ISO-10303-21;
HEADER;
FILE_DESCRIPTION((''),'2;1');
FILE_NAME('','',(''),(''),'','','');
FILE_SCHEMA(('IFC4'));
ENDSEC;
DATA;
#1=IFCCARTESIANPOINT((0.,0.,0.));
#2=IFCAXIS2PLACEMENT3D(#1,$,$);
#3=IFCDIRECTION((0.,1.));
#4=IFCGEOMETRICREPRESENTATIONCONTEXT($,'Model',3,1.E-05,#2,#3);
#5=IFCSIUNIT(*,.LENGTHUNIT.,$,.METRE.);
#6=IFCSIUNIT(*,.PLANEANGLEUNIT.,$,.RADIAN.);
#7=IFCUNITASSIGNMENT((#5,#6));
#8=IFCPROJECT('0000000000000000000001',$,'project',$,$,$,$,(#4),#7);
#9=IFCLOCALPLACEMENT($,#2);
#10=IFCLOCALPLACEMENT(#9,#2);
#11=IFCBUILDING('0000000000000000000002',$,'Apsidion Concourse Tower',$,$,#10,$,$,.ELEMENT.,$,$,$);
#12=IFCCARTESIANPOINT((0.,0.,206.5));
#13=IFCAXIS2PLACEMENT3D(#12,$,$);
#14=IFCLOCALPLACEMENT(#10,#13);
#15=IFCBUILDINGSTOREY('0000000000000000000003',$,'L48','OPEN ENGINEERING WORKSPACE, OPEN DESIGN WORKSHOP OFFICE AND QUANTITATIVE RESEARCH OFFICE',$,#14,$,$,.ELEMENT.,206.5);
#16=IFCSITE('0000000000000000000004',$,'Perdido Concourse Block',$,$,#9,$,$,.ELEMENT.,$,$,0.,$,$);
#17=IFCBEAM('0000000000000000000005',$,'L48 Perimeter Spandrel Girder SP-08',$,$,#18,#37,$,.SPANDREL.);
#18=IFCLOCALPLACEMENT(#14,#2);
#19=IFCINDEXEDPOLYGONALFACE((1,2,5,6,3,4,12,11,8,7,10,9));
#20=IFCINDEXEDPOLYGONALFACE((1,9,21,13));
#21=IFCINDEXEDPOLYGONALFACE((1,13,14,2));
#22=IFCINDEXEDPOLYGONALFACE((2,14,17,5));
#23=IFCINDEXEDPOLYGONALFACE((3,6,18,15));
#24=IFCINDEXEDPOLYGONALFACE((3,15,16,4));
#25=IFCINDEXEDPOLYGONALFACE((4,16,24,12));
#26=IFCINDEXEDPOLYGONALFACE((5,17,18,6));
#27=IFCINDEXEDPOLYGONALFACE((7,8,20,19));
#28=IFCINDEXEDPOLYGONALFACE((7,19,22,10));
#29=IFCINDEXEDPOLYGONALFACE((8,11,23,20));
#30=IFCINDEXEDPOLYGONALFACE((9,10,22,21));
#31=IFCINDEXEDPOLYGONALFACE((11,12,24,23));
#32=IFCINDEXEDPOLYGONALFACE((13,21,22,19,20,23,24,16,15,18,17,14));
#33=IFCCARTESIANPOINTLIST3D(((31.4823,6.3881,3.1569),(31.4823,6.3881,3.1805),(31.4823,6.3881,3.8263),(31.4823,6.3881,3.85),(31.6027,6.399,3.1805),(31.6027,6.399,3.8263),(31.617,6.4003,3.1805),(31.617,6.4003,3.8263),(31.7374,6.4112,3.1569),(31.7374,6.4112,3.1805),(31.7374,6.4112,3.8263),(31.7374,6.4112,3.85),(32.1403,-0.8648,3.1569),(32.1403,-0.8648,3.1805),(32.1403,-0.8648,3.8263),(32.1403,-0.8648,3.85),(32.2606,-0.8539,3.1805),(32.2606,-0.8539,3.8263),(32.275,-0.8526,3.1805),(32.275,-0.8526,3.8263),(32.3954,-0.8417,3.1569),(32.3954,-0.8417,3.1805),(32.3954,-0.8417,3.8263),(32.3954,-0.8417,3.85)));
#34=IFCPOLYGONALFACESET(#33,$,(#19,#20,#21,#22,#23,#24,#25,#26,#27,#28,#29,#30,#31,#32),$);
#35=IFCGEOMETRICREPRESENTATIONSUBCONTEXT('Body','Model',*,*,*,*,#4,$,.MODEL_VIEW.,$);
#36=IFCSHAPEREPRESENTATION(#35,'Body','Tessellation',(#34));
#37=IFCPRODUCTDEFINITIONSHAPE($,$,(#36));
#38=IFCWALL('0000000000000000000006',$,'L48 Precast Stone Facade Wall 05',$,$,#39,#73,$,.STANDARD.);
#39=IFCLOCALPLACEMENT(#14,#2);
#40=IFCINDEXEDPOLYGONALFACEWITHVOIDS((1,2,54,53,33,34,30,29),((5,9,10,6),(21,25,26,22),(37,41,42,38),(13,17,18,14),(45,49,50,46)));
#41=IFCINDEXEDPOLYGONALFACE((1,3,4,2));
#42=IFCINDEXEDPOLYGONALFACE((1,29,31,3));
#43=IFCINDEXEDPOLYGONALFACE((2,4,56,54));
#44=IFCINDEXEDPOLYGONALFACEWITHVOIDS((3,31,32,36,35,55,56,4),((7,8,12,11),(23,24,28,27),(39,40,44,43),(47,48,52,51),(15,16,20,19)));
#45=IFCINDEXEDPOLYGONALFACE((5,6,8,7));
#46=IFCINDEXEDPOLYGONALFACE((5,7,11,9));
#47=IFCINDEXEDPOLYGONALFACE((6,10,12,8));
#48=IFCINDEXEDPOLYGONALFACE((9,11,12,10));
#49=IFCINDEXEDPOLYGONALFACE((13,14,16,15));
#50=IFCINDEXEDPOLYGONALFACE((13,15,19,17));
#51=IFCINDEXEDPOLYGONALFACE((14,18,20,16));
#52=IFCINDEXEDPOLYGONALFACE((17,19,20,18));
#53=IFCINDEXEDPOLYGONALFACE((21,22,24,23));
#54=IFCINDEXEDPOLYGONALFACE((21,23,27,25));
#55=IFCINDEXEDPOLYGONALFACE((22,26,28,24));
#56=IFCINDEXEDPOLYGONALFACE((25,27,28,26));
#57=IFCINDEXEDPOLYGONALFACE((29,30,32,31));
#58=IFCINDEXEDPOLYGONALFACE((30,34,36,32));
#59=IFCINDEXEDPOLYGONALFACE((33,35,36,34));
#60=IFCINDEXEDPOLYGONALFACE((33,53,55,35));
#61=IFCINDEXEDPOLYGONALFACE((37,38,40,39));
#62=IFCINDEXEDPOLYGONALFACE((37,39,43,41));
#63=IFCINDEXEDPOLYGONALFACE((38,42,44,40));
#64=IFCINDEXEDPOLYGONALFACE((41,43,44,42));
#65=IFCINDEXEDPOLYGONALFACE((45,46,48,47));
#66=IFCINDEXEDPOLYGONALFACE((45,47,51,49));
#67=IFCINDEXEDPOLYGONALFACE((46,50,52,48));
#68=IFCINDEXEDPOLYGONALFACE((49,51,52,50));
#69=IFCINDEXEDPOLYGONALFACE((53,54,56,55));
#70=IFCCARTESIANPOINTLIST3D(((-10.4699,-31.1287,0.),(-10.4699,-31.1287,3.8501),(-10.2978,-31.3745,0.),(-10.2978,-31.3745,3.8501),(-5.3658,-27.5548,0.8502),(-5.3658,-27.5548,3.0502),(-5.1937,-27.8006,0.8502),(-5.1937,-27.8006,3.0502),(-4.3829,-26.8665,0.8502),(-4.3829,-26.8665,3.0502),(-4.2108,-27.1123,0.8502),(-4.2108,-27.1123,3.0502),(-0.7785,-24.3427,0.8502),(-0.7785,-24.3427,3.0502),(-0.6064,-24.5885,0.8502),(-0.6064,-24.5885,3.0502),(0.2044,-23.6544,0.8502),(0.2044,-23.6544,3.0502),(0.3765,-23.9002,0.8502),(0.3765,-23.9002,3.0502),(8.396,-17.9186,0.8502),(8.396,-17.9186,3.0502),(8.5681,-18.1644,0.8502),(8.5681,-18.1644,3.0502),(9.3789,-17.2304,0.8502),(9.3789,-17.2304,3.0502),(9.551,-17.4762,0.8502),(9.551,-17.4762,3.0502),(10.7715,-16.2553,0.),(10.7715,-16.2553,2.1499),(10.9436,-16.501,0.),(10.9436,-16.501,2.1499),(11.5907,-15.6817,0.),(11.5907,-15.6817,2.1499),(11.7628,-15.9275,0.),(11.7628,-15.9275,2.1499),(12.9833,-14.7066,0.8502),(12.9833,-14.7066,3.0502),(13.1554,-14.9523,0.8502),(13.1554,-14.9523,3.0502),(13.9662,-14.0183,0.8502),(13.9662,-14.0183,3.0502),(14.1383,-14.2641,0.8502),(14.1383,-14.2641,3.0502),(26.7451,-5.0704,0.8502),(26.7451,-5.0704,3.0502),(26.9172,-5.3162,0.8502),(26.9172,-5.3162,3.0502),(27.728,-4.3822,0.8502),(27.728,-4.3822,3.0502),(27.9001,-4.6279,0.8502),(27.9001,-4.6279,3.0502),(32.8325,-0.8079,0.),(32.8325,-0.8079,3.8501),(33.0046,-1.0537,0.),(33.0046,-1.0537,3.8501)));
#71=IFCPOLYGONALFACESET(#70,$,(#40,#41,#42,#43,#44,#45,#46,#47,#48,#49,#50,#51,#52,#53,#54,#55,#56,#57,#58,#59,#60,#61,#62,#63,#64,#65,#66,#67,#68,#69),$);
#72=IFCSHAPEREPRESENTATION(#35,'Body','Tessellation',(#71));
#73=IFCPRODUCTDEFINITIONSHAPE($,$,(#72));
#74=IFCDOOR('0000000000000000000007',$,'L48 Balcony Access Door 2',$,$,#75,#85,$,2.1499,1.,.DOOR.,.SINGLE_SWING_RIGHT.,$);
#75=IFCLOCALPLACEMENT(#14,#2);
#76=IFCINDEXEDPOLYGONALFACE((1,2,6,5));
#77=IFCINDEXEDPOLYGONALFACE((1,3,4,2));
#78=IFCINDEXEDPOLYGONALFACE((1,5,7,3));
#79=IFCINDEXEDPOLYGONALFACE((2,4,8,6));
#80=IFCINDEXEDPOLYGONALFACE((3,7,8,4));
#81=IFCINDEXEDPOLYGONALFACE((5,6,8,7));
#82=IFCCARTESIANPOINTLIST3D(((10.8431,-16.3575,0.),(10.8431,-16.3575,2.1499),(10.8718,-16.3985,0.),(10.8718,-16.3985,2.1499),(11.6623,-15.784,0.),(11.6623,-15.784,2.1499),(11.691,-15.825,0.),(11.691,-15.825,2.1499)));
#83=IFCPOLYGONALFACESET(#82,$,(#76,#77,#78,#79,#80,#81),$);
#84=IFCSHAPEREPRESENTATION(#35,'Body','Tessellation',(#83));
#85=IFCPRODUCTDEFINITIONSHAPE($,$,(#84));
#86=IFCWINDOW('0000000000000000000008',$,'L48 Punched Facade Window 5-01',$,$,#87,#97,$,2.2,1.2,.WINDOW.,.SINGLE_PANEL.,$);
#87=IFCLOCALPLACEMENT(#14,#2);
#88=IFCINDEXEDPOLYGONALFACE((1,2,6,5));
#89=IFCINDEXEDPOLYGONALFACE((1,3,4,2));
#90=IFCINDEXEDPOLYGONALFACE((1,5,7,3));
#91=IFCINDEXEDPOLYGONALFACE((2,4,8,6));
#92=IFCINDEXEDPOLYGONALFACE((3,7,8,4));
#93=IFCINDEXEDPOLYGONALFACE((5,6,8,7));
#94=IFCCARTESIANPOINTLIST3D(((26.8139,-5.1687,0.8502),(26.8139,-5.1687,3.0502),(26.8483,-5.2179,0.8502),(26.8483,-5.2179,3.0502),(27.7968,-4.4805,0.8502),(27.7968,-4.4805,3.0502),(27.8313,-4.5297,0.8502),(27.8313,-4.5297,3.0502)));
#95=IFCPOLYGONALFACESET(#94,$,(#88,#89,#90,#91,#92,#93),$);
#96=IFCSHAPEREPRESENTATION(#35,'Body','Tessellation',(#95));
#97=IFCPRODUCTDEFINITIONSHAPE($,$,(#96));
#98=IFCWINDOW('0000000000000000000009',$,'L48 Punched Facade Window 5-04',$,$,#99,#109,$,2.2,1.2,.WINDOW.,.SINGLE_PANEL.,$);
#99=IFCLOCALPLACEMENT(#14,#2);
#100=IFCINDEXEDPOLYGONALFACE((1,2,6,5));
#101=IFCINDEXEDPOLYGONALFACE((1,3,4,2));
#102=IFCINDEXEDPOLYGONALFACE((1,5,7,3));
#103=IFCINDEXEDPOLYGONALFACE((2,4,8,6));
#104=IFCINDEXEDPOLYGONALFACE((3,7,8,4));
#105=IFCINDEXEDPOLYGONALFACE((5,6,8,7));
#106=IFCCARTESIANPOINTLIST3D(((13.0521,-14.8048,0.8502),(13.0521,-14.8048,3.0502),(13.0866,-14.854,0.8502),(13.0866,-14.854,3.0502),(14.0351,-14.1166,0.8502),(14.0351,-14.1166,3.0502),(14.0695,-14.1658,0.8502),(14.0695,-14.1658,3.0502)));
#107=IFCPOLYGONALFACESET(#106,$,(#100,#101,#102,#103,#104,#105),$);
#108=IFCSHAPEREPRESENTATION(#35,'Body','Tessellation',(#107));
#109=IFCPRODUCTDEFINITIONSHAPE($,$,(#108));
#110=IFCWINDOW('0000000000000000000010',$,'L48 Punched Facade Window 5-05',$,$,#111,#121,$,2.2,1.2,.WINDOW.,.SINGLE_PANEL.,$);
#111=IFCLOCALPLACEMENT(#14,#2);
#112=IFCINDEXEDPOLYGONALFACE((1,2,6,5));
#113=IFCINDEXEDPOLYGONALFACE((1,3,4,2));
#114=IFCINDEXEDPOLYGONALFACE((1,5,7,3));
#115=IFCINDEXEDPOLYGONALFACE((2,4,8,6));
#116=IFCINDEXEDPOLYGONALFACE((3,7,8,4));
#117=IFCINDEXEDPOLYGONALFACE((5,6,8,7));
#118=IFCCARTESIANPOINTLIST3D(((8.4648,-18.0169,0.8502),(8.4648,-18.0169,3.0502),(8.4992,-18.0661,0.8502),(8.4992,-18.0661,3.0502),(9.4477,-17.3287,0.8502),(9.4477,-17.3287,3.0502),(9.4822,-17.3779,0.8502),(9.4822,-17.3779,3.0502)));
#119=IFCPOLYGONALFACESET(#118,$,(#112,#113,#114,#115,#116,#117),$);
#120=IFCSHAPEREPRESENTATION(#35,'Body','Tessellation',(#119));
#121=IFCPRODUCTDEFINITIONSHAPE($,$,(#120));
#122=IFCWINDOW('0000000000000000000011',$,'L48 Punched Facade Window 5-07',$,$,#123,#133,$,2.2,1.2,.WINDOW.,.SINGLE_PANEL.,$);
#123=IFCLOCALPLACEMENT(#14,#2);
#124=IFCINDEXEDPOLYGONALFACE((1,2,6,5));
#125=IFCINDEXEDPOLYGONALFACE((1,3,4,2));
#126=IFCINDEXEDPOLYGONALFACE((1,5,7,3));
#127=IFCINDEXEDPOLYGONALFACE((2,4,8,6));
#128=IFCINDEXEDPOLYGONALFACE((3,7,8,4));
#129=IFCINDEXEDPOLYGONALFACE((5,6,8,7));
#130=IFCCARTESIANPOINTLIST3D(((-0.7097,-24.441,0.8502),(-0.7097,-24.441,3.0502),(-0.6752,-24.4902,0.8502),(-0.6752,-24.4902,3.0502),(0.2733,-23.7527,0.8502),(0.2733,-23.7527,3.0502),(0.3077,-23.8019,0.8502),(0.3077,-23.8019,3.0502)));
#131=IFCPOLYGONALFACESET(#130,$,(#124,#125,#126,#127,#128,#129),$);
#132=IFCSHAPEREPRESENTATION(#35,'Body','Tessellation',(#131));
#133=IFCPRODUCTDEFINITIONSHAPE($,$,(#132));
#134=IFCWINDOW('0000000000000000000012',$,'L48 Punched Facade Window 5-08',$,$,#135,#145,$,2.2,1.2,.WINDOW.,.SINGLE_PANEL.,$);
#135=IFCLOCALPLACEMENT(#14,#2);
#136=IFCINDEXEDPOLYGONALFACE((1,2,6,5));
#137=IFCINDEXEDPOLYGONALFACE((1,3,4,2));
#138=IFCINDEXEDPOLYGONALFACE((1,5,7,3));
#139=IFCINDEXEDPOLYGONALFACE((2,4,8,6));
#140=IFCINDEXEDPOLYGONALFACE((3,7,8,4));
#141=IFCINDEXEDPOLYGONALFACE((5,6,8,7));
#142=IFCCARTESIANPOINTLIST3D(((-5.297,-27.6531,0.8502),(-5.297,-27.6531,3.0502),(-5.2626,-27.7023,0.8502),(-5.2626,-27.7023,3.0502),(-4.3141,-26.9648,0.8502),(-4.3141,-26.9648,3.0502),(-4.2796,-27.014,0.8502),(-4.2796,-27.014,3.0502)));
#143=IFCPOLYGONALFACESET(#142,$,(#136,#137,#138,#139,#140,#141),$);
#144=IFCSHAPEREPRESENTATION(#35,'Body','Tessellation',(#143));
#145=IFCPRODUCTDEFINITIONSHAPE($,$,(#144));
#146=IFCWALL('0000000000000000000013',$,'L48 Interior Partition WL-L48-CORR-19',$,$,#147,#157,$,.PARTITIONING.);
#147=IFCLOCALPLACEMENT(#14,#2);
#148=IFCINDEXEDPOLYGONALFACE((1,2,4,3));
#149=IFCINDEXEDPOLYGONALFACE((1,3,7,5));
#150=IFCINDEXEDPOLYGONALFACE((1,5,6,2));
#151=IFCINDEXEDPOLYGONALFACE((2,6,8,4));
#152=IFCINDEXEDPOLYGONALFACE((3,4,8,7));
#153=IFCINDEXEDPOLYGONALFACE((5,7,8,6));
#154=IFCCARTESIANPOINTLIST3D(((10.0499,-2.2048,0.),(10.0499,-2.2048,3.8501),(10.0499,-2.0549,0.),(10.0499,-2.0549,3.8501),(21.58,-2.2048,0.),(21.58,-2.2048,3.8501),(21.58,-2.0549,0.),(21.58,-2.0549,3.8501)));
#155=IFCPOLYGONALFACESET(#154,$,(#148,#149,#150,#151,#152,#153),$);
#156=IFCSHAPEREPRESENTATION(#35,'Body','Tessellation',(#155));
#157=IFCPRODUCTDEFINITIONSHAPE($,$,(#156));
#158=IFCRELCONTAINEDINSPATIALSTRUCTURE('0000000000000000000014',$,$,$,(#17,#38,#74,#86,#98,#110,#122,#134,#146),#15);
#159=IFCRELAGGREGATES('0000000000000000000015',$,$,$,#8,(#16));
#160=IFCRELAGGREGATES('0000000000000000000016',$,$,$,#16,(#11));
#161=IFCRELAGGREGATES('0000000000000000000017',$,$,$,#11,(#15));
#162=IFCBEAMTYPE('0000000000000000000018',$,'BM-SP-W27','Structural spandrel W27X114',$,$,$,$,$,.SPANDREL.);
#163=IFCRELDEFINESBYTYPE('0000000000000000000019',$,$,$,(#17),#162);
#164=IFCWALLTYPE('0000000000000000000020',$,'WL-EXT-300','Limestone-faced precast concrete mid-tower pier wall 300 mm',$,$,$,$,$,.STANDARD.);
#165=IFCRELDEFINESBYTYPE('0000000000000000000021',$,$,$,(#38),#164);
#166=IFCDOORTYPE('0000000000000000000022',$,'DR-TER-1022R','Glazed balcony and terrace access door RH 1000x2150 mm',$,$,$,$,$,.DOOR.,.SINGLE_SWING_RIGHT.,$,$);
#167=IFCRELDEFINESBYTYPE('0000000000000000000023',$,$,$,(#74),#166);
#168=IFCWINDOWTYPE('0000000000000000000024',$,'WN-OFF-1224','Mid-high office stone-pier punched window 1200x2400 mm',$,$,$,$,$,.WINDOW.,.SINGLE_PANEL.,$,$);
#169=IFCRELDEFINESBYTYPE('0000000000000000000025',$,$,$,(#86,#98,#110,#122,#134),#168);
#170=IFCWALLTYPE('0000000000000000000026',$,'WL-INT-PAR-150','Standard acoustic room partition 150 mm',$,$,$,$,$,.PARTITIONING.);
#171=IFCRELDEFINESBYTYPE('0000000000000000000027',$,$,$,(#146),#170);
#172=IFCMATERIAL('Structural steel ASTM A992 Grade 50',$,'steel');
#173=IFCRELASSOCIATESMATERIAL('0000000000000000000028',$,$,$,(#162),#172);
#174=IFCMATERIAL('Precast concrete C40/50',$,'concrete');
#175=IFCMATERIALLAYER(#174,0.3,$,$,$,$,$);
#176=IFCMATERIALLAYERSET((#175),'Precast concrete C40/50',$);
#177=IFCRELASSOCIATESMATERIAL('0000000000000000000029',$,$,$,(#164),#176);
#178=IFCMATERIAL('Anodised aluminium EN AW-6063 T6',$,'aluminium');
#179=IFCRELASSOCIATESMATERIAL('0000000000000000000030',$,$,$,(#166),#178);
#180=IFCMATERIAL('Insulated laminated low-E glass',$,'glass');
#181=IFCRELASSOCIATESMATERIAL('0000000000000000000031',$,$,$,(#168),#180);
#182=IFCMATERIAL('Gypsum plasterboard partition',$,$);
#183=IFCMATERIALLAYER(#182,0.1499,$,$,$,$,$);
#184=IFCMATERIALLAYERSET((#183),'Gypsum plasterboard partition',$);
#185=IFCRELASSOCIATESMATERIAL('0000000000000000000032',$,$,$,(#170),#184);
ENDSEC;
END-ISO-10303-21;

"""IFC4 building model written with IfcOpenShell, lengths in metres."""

from ifc_helpers import new_model, si_unit, direction, frame, frame_2d, origin, origin_2d, place, context, subcontext, project, spatial, rectangle, i_section, extrude, material, layer, layer_set, material_profile, profile_set, type_object, element, fill, save


model = new_model("IFC4")

# Units and contexts
model_context = context("Model", 3, precision=1e-05, world=origin(), true_north=direction((0.0, 1.0)))
body_context = subcontext(model_context, "Body", "Model", "MODEL_VIEW")
ifc_project = project(units=[si_unit("LENGTHUNIT", "METRE"), si_unit("PLANEANGLEUNIT", "RADIAN")], contexts=[model_context])

# Site, building, storey
site_placement = place(None, origin())
site = spatial("IfcSite", under=ifc_project, at=site_placement, Name="Perdido Concourse Block", CompositionType="ELEMENT", RefElevation=0.0)
building_placement = place(site_placement, origin())
building = spatial("IfcBuilding", under=site, at=building_placement, Name="Apsidion Concourse Tower", CompositionType="ELEMENT")
storey_placement = place(building_placement, frame((0.0, 0.0, 206.5)))
storey = spatial("IfcBuildingStorey", under=building, at=storey_placement, Name="L48", Description="OPEN ENGINEERING WORKSPACE, OPEN DESIGN WORKSHOP OFFICE AND QUANTITATIVE RESEARCH OFFICE", CompositionType="ELEMENT", Elevation=206.5)

# Shared definitions
ifc_material_1 = material(Name="Structural steel ASTM A992 Grade 50", Category="steel")

# Beam
ifc_material_profile_1 = material_profile(ifc_material_1, i_section(OverallWidth=0.2561, OverallDepth=0.6931, WebThickness=0.0144, FlangeThickness=0.0237, at=origin_2d()), Name="W27X114")
ifc_profile_set_1 = profile_set([ifc_material_profile_1], Name="Structural steel ASTM A992 Grade 50")
beam_type_1 = type_object("IfcBeamType", Name="BM-SP-W27", Description="Structural spandrel W27X114", PredefinedType="SPANDREL", material=ifc_profile_set_1)
beam_1_placement = place(storey_placement, frame((32.2678, -0.8533, 3.5034), z_axis=(-0.090345, 0.99591, 0.0), x_axis=(-0.99591, -0.090345, 0.0)))
element("IfcBeam", 1, at=beam_1_placement, inside=storey, type_object=beam_type_1, Name="L48 Perimeter Spandrel Girder SP-08", PredefinedType="SPANDREL", context=body_context, shape_type="SweptSolid", body=[
    extrude(i_section(OverallWidth=0.2561, OverallDepth=0.6931, WebThickness=0.0144, FlangeThickness=0.0237, at=origin_2d()), origin(), (0.0, 0.0, 1.0), 7.2827),
])

# Wall, openings, door, windows
ifc_material_2 = material(Name="Precast concrete C40/50", Category="concrete")
ifc_layer_1 = layer(ifc_material_2, 0.3)
ifc_layer_set_1 = layer_set([ifc_layer_1], Name="Precast concrete C40/50")
wall_type_1 = type_object("IfcWallType", Name="WL-EXT-300", Description="Limestone-faced precast concrete mid-tower pier wall 300 mm", PredefinedType="STANDARD", material=ifc_layer_set_1)
wall_1_placement = place(storey_placement, frame((32.9185, -0.9309, 0.0), z_axis=(0.0, 0.0, 1.0), x_axis=(-0.819151, -0.573577, 0.0)))
wall_1 = element("IfcWall", 2, at=wall_1_placement, inside=storey, type_object=wall_type_1, Name="L48 Precast Stone Facade Wall 05", PredefinedType="STANDARD", context=body_context, shape_type="SweptSolid", body=[
    extrude(rectangle(XDim=52.8625, YDim=0.3, at=frame_2d((26.4312, 0.0))), origin(), (0.0, 0.0, 1.0), 3.8501),
])
opening_1_placement = place(wall_1_placement, frame((25.9314, 0.0, 0.0)))
opening_1 = element("IfcOpeningElement", 3, at=opening_1_placement, cuts=wall_1, PredefinedType="OPENING", context=body_context, shape_type="SweptSolid", body=[
    extrude(rectangle(XDim=1.0, YDim=2.1499, at=frame_2d((0.5, 1.075))), frame((0.0, 0.1602, 0.0), z_axis=(0.0, -1.0, 0.0), x_axis=(1.0, 0.0, 0.0)), (0.0, 0.0, 1.0), 0.3201),
])
opening_2_placement = place(wall_1_placement, frame((6.2312, 0.0, 0.8501)))
opening_2 = element("IfcOpeningElement", 4, at=opening_2_placement, cuts=wall_1, PredefinedType="OPENING", context=body_context, shape_type="SweptSolid", body=[
    extrude(rectangle(XDim=1.2, YDim=2.2, at=frame_2d((0.6001, 1.1001))), frame((0.0, 0.1602, 0.0), z_axis=(0.0, -1.0, 0.0), x_axis=(1.0, 0.0, 0.0)), (0.0, 0.0, 1.0), 0.3201),
])
opening_3_placement = place(wall_1_placement, frame((23.0312, 0.0, 0.8501)))
opening_3 = element("IfcOpeningElement", 5, at=opening_3_placement, cuts=wall_1, PredefinedType="OPENING", context=body_context, shape_type="SweptSolid", body=[
    extrude(rectangle(XDim=1.2, YDim=2.2, at=frame_2d((0.6001, 1.1001))), frame((0.0, 0.1602, 0.0), z_axis=(0.0, -1.0, 0.0), x_axis=(1.0, 0.0, 0.0)), (0.0, 0.0, 1.0), 0.3201),
])
opening_4_placement = place(wall_1_placement, frame((28.6313, 0.0, 0.8501)))
opening_4 = element("IfcOpeningElement", 6, at=opening_4_placement, cuts=wall_1, PredefinedType="OPENING", context=body_context, shape_type="SweptSolid", body=[
    extrude(rectangle(XDim=1.2, YDim=2.2, at=frame_2d((0.6001, 1.1001))), frame((0.0, 0.1602, 0.0), z_axis=(0.0, -1.0, 0.0), x_axis=(1.0, 0.0, 0.0)), (0.0, 0.0, 1.0), 0.3201),
])
opening_5_placement = place(wall_1_placement, frame((39.8313, 0.0, 0.8501)))
opening_5 = element("IfcOpeningElement", 7, at=opening_5_placement, cuts=wall_1, PredefinedType="OPENING", context=body_context, shape_type="SweptSolid", body=[
    extrude(rectangle(XDim=1.2, YDim=2.2, at=frame_2d((0.6001, 1.1001))), frame((0.0, 0.1602, 0.0), z_axis=(0.0, -1.0, 0.0), x_axis=(1.0, 0.0, 0.0)), (0.0, 0.0, 1.0), 0.3201),
])
opening_6_placement = place(wall_1_placement, frame((45.4314, 0.0, 0.8501)))
opening_6 = element("IfcOpeningElement", 8, at=opening_6_placement, cuts=wall_1, PredefinedType="OPENING", context=body_context, shape_type="SweptSolid", body=[
    extrude(rectangle(XDim=1.2, YDim=2.2, at=frame_2d((0.6001, 1.1001))), frame((0.0, 0.1602, 0.0), z_axis=(0.0, -1.0, 0.0), x_axis=(1.0, 0.0, 0.0)), (0.0, 0.0, 1.0), 0.3201),
])
ifc_material_3 = material(Name="Anodised aluminium EN AW-6063 T6", Category="aluminium")
door_type = type_object("IfcDoorType", Name="DR-TER-1022R", Description="Glazed balcony and terrace access door RH 1000x2150 mm", OperationType="SINGLE_SWING_RIGHT", PredefinedType="DOOR", material=ifc_material_3)
door_placement = place(opening_1_placement, origin())
door = element("IfcDoor", 9, at=door_placement, inside=storey, type_object=door_type, Name="L48 Balcony Access Door 2", OperationType="SINGLE_SWING_RIGHT", OverallHeight=2.1499, OverallWidth=1.0, PredefinedType="DOOR", context=body_context, shape_type="SweptSolid", body=[
    extrude(rectangle(XDim=1.0, YDim=2.1499, at=frame_2d((0.5, 1.075))), frame((0.0, 0.0249, 0.0), z_axis=(0.0, -1.0, 0.0), x_axis=(1.0, 0.0, 0.0)), (0.0, 0.0, 1.0), 0.05),
])
fill(opening_1, door)
ifc_material_4 = material(Name="Insulated laminated low-E glass", Category="glass")
window_type = type_object("IfcWindowType", Name="WN-OFF-1224", Description="Mid-high office stone-pier punched window 1200x2400 mm", PartitioningType="SINGLE_PANEL", PredefinedType="WINDOW", material=ifc_material_4)
window_1_placement = place(opening_2_placement, origin())
window_1 = element("IfcWindow", 10, at=window_1_placement, inside=storey, type_object=window_type, Name="L48 Punched Facade Window 5-01", OverallHeight=2.2, OverallWidth=1.2, PartitioningType="SINGLE_PANEL", PredefinedType="WINDOW", context=body_context, shape_type="SweptSolid", body=[
    extrude(rectangle(XDim=1.2, YDim=2.2, at=frame_2d((0.6001, 1.1001))), frame((0.0, 0.03, 0.0), z_axis=(0.0, -1.0, 0.0), x_axis=(1.0, 0.0, 0.0)), (0.0, 0.0, 1.0), 0.0601),
])
fill(opening_2, window_1)
window_2_placement = place(opening_3_placement, origin())
window_2 = element("IfcWindow", 11, at=window_2_placement, inside=storey, type_object=window_type, Name="L48 Punched Facade Window 5-04", OverallHeight=2.2, OverallWidth=1.2, PartitioningType="SINGLE_PANEL", PredefinedType="WINDOW", context=body_context, shape_type="SweptSolid", body=[
    extrude(rectangle(XDim=1.2, YDim=2.2, at=frame_2d((0.6001, 1.1001))), frame((0.0, 0.03, 0.0), z_axis=(0.0, -1.0, 0.0), x_axis=(1.0, 0.0, 0.0)), (0.0, 0.0, 1.0), 0.0601),
])
fill(opening_3, window_2)
window_3_placement = place(opening_4_placement, origin())
window_3 = element("IfcWindow", 12, at=window_3_placement, inside=storey, type_object=window_type, Name="L48 Punched Facade Window 5-05", OverallHeight=2.2, OverallWidth=1.2, PartitioningType="SINGLE_PANEL", PredefinedType="WINDOW", context=body_context, shape_type="SweptSolid", body=[
    extrude(rectangle(XDim=1.2, YDim=2.2, at=frame_2d((0.6001, 1.1001))), frame((0.0, 0.03, 0.0), z_axis=(0.0, -1.0, 0.0), x_axis=(1.0, 0.0, 0.0)), (0.0, 0.0, 1.0), 0.0601),
])
fill(opening_4, window_3)
window_4_placement = place(opening_5_placement, origin())
window_4 = element("IfcWindow", 13, at=window_4_placement, inside=storey, type_object=window_type, Name="L48 Punched Facade Window 5-07", OverallHeight=2.2, OverallWidth=1.2, PartitioningType="SINGLE_PANEL", PredefinedType="WINDOW", context=body_context, shape_type="SweptSolid", body=[
    extrude(rectangle(XDim=1.2, YDim=2.2, at=frame_2d((0.6001, 1.1001))), frame((0.0, 0.03, 0.0), z_axis=(0.0, -1.0, 0.0), x_axis=(1.0, 0.0, 0.0)), (0.0, 0.0, 1.0), 0.0601),
])
fill(opening_5, window_4)
window_5_placement = place(opening_6_placement, origin())
window_5 = element("IfcWindow", 14, at=window_5_placement, inside=storey, type_object=window_type, Name="L48 Punched Facade Window 5-08", OverallHeight=2.2, OverallWidth=1.2, PartitioningType="SINGLE_PANEL", PredefinedType="WINDOW", context=body_context, shape_type="SweptSolid", body=[
    extrude(rectangle(XDim=1.2, YDim=2.2, at=frame_2d((0.6001, 1.1001))), frame((0.0, 0.03, 0.0), z_axis=(0.0, -1.0, 0.0), x_axis=(1.0, 0.0, 0.0)), (0.0, 0.0, 1.0), 0.0601),
])
fill(opening_6, window_5)

# Wall
ifc_material_5 = material(Name="Gypsum plasterboard partition")
ifc_layer_2 = layer(ifc_material_5, 0.1499)
ifc_layer_set_2 = layer_set([ifc_layer_2], Name="Gypsum plasterboard partition")
wall_type_2 = type_object("IfcWallType", Name="WL-INT-PAR-150", Description="Standard acoustic room partition 150 mm", PredefinedType="PARTITIONING", material=ifc_layer_set_2)
wall_2_placement = place(storey_placement, frame((21.5801, -2.1299, 0.0), z_axis=(0.0, 0.0, 1.0), x_axis=(-1.0, 0.0, 0.0)))
element("IfcWall", 15, at=wall_2_placement, inside=storey, type_object=wall_type_2, Name="L48 Interior Partition WL-L48-CORR-19", PredefinedType="PARTITIONING", context=body_context, shape_type="SweptSolid", body=[
    extrude(rectangle(XDim=11.53, YDim=0.1499, at=frame_2d((5.7651, 0.0))), origin(), (0.0, 0.0, 1.0), 3.8501),
])

save(model, "model.ifc")
